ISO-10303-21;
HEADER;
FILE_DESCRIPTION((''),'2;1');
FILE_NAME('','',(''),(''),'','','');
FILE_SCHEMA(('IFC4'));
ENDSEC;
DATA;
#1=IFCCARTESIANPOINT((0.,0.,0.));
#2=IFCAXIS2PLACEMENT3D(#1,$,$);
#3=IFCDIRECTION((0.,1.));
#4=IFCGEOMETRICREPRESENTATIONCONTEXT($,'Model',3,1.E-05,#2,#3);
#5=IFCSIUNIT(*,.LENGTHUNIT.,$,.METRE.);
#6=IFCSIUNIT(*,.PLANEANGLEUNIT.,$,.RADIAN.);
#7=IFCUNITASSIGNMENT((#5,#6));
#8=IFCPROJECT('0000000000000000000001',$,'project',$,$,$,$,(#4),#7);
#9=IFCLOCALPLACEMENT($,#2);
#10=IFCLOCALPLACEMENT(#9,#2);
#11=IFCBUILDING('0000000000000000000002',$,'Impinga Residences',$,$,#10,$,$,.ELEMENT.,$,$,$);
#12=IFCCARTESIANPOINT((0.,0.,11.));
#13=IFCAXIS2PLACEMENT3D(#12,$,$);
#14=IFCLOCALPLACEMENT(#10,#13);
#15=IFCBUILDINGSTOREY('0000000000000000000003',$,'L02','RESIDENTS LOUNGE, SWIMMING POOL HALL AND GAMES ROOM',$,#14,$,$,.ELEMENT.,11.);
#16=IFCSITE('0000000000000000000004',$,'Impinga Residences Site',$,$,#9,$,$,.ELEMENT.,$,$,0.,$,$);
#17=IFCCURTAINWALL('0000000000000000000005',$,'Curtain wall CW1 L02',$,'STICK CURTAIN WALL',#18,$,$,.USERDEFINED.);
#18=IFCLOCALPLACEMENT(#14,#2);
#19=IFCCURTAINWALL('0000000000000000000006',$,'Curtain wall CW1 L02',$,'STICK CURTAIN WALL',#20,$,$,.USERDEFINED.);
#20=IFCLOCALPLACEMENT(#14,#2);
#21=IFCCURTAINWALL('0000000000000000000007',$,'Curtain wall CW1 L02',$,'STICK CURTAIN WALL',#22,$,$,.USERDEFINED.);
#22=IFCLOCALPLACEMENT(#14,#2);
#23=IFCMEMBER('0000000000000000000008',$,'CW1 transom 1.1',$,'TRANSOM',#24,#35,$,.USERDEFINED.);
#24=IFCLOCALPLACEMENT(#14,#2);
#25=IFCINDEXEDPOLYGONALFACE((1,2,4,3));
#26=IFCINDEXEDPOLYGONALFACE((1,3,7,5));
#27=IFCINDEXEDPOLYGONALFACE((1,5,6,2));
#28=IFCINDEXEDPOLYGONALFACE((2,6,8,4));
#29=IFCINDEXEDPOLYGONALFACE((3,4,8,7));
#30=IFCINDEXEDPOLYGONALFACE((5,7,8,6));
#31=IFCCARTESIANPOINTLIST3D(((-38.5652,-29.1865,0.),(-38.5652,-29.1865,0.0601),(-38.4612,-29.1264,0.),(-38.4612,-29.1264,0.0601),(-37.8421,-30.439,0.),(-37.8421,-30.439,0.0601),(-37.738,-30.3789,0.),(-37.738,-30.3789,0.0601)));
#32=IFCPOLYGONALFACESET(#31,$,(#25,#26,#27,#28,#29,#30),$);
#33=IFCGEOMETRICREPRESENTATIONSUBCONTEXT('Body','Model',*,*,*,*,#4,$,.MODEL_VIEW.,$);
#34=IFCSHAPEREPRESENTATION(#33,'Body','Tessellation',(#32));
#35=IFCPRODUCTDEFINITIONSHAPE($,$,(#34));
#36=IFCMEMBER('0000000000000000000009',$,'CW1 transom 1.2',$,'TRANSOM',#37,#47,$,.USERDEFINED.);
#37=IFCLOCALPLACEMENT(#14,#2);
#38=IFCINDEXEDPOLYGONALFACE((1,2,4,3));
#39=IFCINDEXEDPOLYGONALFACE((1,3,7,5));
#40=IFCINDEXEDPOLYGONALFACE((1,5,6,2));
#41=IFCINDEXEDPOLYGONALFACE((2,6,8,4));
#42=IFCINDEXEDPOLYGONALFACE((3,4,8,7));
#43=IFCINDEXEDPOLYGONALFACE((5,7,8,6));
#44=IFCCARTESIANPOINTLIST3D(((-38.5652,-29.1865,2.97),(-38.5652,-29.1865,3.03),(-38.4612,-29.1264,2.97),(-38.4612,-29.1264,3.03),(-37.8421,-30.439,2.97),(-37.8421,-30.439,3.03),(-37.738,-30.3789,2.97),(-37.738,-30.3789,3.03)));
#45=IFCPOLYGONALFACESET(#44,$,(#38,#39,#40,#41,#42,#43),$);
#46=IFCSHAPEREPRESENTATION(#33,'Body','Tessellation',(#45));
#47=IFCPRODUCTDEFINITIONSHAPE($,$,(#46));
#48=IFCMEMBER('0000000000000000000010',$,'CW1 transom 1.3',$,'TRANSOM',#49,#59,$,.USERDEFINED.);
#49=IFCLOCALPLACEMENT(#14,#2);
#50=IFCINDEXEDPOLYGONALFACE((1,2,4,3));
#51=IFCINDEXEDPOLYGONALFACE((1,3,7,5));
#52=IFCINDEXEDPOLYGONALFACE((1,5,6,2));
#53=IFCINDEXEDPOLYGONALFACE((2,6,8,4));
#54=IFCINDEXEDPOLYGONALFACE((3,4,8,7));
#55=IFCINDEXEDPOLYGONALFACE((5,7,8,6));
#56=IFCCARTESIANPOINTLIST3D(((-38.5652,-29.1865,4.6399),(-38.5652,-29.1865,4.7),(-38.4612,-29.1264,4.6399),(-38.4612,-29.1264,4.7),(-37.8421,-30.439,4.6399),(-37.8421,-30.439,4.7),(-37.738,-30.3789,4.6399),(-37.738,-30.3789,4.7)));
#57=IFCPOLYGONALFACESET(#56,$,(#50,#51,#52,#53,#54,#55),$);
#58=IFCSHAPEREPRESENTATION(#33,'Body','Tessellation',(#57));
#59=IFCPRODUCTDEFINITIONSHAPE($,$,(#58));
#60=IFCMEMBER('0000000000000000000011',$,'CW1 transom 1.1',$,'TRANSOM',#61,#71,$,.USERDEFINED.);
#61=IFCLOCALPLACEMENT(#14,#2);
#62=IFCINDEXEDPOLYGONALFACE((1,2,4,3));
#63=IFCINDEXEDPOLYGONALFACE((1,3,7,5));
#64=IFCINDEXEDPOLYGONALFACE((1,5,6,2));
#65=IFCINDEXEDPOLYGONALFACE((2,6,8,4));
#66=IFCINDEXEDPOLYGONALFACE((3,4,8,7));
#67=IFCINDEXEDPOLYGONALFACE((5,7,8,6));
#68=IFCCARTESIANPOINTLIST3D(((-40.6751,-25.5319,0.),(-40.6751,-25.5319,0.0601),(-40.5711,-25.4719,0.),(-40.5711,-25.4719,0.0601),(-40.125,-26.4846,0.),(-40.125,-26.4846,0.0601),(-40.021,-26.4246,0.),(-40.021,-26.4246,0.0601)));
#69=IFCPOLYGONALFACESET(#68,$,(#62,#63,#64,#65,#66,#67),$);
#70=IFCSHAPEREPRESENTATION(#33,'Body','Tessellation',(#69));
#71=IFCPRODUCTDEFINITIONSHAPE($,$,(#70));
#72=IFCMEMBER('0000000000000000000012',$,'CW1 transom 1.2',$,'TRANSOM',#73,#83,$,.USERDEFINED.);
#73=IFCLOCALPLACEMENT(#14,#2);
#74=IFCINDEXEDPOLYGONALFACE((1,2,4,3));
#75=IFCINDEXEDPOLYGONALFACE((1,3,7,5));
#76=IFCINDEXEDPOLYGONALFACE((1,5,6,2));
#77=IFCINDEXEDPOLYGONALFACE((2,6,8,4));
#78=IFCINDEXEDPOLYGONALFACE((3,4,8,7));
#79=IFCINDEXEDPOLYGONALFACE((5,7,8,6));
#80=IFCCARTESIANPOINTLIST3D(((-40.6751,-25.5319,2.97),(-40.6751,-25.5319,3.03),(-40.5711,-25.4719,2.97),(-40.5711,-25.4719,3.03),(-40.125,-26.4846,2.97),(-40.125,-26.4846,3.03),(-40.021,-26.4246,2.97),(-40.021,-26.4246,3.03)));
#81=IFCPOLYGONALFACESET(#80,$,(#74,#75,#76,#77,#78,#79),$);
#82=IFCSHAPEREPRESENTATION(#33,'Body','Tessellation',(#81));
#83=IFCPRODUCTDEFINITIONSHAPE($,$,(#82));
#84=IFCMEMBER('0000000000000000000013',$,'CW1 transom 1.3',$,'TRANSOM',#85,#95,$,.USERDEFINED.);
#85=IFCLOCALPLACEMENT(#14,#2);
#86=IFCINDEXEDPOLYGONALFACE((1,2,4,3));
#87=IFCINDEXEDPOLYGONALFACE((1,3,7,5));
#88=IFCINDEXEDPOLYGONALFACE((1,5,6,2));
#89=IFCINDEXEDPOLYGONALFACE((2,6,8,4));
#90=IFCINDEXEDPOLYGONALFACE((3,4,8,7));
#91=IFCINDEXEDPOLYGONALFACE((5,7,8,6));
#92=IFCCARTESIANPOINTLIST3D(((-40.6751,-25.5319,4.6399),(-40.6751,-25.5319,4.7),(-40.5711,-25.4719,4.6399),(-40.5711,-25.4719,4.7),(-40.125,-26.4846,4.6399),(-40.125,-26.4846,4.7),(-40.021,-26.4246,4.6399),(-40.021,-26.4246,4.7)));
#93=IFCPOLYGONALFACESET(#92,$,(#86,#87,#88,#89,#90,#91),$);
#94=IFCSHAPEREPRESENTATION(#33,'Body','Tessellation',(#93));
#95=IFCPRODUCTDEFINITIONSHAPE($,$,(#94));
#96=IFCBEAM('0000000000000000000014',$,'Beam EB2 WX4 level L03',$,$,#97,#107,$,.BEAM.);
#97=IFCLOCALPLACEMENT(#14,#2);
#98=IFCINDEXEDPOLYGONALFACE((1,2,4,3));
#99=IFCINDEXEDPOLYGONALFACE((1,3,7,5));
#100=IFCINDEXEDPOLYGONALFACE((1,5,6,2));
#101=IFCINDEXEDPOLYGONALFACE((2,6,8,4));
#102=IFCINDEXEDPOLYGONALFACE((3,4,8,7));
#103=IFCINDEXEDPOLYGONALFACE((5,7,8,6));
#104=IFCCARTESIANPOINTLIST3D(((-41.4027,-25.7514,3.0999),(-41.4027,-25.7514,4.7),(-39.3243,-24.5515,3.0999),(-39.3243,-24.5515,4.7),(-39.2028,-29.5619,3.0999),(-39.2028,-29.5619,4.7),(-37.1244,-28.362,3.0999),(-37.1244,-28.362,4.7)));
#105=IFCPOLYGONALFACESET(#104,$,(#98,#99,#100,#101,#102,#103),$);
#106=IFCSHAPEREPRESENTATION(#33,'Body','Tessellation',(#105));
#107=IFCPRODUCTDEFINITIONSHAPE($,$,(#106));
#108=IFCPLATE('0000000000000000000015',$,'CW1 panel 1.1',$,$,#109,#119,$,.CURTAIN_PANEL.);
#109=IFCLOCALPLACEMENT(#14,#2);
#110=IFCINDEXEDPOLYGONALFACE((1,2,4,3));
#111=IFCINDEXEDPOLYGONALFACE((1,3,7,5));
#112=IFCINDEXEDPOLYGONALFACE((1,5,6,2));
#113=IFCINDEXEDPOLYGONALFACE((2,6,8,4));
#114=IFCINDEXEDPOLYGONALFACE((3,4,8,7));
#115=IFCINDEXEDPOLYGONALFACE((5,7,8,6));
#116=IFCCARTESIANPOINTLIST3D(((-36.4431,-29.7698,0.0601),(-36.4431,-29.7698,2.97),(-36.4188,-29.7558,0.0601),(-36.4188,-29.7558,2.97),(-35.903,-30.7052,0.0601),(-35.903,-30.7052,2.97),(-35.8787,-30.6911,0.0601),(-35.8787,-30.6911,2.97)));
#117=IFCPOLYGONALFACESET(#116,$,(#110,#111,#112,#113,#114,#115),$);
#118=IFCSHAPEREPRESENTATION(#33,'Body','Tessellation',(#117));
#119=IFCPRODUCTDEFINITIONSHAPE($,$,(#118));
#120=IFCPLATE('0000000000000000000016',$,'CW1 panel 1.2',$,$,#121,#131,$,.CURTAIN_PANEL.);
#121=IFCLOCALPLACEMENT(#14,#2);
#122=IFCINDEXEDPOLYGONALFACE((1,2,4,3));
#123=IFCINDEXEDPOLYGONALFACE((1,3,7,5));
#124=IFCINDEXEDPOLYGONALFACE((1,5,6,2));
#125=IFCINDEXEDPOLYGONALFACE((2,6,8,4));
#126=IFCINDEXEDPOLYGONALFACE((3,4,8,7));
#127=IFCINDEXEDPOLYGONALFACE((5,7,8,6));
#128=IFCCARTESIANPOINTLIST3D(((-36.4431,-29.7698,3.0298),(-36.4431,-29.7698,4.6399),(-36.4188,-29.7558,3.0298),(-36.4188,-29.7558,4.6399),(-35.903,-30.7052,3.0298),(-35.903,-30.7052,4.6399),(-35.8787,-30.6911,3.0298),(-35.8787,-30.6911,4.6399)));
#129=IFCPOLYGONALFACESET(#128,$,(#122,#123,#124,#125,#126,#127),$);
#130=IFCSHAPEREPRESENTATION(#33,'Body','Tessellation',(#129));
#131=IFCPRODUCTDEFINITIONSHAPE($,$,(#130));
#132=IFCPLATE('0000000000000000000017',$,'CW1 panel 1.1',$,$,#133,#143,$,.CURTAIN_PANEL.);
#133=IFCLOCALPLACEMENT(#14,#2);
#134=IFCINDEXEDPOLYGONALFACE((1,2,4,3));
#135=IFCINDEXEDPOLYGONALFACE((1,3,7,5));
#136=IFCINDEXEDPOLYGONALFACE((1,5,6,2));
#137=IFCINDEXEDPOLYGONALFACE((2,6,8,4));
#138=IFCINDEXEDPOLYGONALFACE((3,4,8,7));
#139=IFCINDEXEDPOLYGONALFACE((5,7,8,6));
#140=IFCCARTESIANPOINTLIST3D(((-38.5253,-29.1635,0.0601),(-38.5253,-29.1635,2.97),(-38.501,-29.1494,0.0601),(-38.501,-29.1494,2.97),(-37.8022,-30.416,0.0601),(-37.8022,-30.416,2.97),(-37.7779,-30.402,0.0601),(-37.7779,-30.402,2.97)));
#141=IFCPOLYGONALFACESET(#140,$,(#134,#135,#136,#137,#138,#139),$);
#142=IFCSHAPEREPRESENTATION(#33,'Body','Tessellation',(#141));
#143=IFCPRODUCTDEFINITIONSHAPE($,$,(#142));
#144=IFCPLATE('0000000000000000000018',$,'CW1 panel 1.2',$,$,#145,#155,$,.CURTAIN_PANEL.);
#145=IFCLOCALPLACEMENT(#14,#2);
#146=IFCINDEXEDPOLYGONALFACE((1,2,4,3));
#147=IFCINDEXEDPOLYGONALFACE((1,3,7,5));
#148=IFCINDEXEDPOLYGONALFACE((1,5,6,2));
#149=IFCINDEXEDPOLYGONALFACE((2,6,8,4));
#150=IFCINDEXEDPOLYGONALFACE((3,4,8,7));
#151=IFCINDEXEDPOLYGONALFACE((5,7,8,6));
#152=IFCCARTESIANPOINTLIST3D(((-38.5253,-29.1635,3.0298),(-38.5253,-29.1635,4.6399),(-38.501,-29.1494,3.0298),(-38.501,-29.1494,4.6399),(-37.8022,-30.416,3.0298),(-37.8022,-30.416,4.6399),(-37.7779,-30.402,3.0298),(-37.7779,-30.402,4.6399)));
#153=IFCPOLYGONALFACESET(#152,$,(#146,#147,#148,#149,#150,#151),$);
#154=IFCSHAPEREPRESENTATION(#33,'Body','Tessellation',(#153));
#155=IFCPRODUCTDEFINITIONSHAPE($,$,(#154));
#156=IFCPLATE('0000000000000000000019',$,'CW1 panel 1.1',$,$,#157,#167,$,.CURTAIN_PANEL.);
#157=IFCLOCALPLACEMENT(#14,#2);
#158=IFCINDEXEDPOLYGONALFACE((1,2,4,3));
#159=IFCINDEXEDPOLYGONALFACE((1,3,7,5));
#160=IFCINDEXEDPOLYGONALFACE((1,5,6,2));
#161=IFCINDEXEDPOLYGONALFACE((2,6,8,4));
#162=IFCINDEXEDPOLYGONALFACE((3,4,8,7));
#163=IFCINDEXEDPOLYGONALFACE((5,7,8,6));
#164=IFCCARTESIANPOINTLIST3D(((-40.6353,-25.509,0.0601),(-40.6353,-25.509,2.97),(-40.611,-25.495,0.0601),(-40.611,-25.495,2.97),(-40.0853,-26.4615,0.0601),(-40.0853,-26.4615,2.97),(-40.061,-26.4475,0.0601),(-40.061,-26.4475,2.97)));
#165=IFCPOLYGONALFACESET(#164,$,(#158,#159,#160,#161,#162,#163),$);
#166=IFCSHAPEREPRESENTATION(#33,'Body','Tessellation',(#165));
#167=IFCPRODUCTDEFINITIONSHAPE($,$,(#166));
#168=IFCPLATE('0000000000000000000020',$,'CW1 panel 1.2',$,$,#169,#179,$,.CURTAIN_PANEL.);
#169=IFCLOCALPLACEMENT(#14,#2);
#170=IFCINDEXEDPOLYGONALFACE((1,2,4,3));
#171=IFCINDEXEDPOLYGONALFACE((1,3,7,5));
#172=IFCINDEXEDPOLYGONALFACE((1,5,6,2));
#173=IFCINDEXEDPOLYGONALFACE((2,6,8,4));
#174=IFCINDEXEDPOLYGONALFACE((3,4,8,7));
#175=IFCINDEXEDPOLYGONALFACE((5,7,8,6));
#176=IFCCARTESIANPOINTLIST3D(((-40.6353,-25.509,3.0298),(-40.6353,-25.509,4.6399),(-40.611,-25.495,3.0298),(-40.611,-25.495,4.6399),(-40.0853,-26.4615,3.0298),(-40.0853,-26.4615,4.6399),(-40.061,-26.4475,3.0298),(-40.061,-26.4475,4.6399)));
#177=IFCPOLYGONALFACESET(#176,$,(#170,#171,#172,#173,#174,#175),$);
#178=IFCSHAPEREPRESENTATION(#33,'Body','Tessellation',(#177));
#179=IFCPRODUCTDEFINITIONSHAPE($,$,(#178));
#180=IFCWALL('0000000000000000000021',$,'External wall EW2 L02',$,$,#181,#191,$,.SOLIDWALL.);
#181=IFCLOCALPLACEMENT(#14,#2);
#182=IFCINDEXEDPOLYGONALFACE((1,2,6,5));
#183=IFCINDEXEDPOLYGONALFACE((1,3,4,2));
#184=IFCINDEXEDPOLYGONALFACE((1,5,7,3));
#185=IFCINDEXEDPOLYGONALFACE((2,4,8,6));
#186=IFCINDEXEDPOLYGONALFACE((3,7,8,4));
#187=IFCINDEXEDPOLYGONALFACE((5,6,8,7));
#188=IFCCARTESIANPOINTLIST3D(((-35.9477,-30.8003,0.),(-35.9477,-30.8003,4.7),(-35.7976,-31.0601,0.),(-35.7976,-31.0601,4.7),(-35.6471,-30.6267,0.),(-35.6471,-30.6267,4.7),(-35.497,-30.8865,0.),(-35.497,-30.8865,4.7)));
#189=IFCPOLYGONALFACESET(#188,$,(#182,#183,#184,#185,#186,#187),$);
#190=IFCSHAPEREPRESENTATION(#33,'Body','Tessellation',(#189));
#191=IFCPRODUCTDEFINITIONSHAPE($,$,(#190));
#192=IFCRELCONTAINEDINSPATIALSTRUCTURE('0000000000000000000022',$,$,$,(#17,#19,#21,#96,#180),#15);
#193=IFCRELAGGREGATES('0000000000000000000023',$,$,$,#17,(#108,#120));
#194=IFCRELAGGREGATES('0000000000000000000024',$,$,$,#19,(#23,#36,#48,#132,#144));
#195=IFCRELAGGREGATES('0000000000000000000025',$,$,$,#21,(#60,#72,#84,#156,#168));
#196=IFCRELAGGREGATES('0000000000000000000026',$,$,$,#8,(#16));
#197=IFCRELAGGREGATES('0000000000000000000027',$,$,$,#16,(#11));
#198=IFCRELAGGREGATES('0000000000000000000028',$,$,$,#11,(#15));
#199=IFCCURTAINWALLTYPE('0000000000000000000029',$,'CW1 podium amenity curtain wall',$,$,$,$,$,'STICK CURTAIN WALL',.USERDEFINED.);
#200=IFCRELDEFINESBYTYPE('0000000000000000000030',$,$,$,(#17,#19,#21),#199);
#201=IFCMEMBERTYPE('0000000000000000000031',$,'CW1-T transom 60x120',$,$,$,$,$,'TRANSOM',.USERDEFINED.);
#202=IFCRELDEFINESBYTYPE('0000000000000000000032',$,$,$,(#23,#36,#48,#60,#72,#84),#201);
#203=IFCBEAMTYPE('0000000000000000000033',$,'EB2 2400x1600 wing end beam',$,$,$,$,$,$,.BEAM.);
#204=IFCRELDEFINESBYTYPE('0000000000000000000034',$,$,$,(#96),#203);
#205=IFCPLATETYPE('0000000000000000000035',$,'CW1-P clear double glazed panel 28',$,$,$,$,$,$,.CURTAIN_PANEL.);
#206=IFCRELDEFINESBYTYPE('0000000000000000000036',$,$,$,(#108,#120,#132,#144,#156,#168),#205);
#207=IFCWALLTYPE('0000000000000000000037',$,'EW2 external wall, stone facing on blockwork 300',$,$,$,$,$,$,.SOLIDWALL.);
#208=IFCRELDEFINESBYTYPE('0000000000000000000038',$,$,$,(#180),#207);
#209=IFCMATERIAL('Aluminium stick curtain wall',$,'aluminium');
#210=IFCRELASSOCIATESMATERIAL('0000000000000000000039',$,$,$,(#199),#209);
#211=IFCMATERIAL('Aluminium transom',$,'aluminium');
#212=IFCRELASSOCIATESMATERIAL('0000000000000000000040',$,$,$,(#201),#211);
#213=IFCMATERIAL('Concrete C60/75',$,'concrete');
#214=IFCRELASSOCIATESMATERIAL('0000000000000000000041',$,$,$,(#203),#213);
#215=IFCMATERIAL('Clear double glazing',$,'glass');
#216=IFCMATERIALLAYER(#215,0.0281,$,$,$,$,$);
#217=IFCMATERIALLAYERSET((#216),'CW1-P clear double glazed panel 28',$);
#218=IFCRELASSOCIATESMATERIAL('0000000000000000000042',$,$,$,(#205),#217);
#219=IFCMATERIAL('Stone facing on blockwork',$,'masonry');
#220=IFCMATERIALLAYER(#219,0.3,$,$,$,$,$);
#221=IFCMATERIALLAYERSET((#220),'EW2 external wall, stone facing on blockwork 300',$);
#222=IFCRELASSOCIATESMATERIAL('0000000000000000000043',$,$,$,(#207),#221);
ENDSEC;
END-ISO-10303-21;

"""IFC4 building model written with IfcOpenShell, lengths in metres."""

from ifc_helpers import new_model, si_unit, direction, frame, frame_2d, origin, origin_2d, place, context, subcontext, project, spatial, rectangle, extrude, material, layer, layer_set, material_profile, profile_set, type_object, element, aggregate, save


model = new_model("IFC4")

# Units and contexts
model_context = context("Model", 3, precision=1e-05, world=origin(), true_north=direction((0.0, 1.0)))
body_context = subcontext(model_context, "Body", "Model", "MODEL_VIEW")
ifc_project = project(units=[si_unit("LENGTHUNIT", "METRE"), si_unit("PLANEANGLEUNIT", "RADIAN")], contexts=[model_context])

# Site, building, storey
site_placement = place(None, origin())
site = spatial("IfcSite", under=ifc_project, at=site_placement, Name="Impinga Residences Site", CompositionType="ELEMENT", RefElevation=0.0)
building_placement = place(site_placement, origin())
building = spatial("IfcBuilding", under=site, at=building_placement, Name="Impinga Residences", CompositionType="ELEMENT")
storey_placement = place(building_placement, frame((0.0, 0.0, 11.0)))
storey = spatial("IfcBuildingStorey", under=building, at=storey_placement, Name="L02", Description="RESIDENTS LOUNGE, SWIMMING POOL HALL AND GAMES ROOM", CompositionType="ELEMENT", Elevation=11.0)

# Shared definitions
ifc_material_1 = material(Name="Concrete C60/75", Category="concrete")

# Curtain walls
ifc_material_2 = material(Name="Aluminium stick curtain wall", Category="aluminium")
curtain_wall_type = type_object("IfcCurtainWallType", Name="CW1 podium amenity curtain wall", ElementType="STICK CURTAIN WALL", PredefinedType="USERDEFINED", material=ifc_material_2)
curtain_wall_1_placement = place(storey_placement, origin())
curtain_wall_1 = element("IfcCurtainWall", 1, at=curtain_wall_1_placement, inside=storey, type_object=curtain_wall_type, Name="Curtain wall CW1 L02", ObjectType="STICK CURTAIN WALL", PredefinedType="USERDEFINED")
curtain_wall_2_placement = place(storey_placement, origin())
curtain_wall_2 = element("IfcCurtainWall", 2, at=curtain_wall_2_placement, inside=storey, type_object=curtain_wall_type, Name="Curtain wall CW1 L02", ObjectType="STICK CURTAIN WALL", PredefinedType="USERDEFINED")
curtain_wall_3_placement = place(storey_placement, origin())
curtain_wall_3 = element("IfcCurtainWall", 3, at=curtain_wall_3_placement, inside=storey, type_object=curtain_wall_type, Name="Curtain wall CW1 L02", ObjectType="STICK CURTAIN WALL", PredefinedType="USERDEFINED")

# Members
ifc_material_3 = material(Name="Aluminium transom", Category="aluminium")
ifc_material_profile_1 = material_profile(ifc_material_3, rectangle(XDim=0.0601, YDim=0.1201, at=origin_2d()), Name="60x120 transom")
ifc_profile_set_1 = profile_set([ifc_material_profile_1], Name="Aluminium transom")
member_type_1 = type_object("IfcMemberType", Name="CW1-T transom 60x120", ElementType="TRANSOM", PredefinedType="USERDEFINED", material=ifc_profile_set_1)
member_1_placement = place(storey_placement, frame((-37.79, -30.4089, 0.03), z_axis=(-0.500024, 0.866011, 0.0), x_axis=(0.0, 0.0, 1.0)))
member_1 = element("IfcMember", 4, at=member_1_placement, type_object=member_type_1, Name="CW1 transom 1.1", ObjectType="TRANSOM", PredefinedType="USERDEFINED", context=body_context, shape_type="SweptSolid", body=[
    extrude(rectangle(XDim=0.0601, YDim=0.1201, at=origin_2d()), origin(), (0.0, 0.0, 1.0), 1.4463),
])
member_2_placement = place(storey_placement, frame((-37.79, -30.4089, 3.0), z_axis=(-0.500024, 0.866011, 0.0), x_axis=(0.0, 0.0, 1.0)))
member_2 = element("IfcMember", 5, at=member_2_placement, type_object=member_type_1, Name="CW1 transom 1.2", ObjectType="TRANSOM", PredefinedType="USERDEFINED", context=body_context, shape_type="SweptSolid", body=[
    extrude(rectangle(XDim=0.0601, YDim=0.1201, at=origin_2d()), origin(), (0.0, 0.0, 1.0), 1.4463),
])
member_3_placement = place(storey_placement, frame((-37.79, -30.4089, 4.6699), z_axis=(-0.500024, 0.866011, 0.0), x_axis=(0.0, 0.0, 1.0)))
member_3 = element("IfcMember", 6, at=member_3_placement, type_object=member_type_1, Name="CW1 transom 1.3", ObjectType="TRANSOM", PredefinedType="USERDEFINED", context=body_context, shape_type="SweptSolid", body=[
    extrude(rectangle(XDim=0.0601, YDim=0.1201, at=origin_2d()), origin(), (0.0, 0.0, 1.0), 1.4463),
])
member_4_placement = place(storey_placement, frame((-40.073, -26.4546, 0.03), z_axis=(-0.50003, 0.866008, 0.0), x_axis=(0.0, 0.0, 1.0)))
member_4 = element("IfcMember", 7, at=member_4_placement, type_object=member_type_1, Name="CW1 transom 1.1", ObjectType="TRANSOM", PredefinedType="USERDEFINED", context=body_context, shape_type="SweptSolid", body=[
    extrude(rectangle(XDim=0.0601, YDim=0.1201, at=origin_2d()), origin(), (0.0, 0.0, 1.0), 1.1001),
])
member_5_placement = place(storey_placement, frame((-40.073, -26.4546, 3.0), z_axis=(-0.50003, 0.866008, 0.0), x_axis=(0.0, 0.0, 1.0)))
member_5 = element("IfcMember", 8, at=member_5_placement, type_object=member_type_1, Name="CW1 transom 1.2", ObjectType="TRANSOM", PredefinedType="USERDEFINED", context=body_context, shape_type="SweptSolid", body=[
    extrude(rectangle(XDim=0.0601, YDim=0.1201, at=origin_2d()), origin(), (0.0, 0.0, 1.0), 1.1001),
])
member_6_placement = place(storey_placement, frame((-40.073, -26.4546, 4.6699), z_axis=(-0.50003, 0.866008, 0.0), x_axis=(0.0, 0.0, 1.0)))
member_6 = element("IfcMember", 9, at=member_6_placement, type_object=member_type_1, Name="CW1 transom 1.3", ObjectType="TRANSOM", PredefinedType="USERDEFINED", context=body_context, shape_type="SweptSolid", body=[
    extrude(rectangle(XDim=0.0601, YDim=0.1201, at=origin_2d()), origin(), (0.0, 0.0, 1.0), 1.1001),
])

# Beam
ifc_material_profile_2 = material_profile(ifc_material_1, rectangle(XDim=2.3999, YDim=1.6001, at=origin_2d()), Name="RC 2400x1600")
ifc_profile_set_2 = profile_set([ifc_material_profile_2], Name="Concrete C60/75")
beam_type_1 = type_object("IfcBeamType", Name="EB2 2400x1600 wing end beam", PredefinedType="BEAM", material=ifc_profile_set_2)
beam_1_placement = place(storey_placement, frame((-38.1636, -28.9619, 3.8999), z_axis=(-0.499988, 0.866032, 0.0), x_axis=(-0.866032, -0.499988, 0.0)))
element("IfcBeam", 10, at=beam_1_placement, inside=storey, type_object=beam_type_1, Name="Beam EB2 WX4 level L03", PredefinedType="BEAM", context=body_context, shape_type="SweptSolid", body=[
    extrude(rectangle(XDim=2.3999, YDim=1.6001, at=origin_2d()), origin(), (0.0, 0.0, 1.0), 4.3999),
])

# Plates
ifc_material_4 = material(Name="Clear double glazing", Category="glass")
ifc_layer_1 = layer(ifc_material_4, 0.0281)
ifc_layer_set_1 = layer_set([ifc_layer_1], Name="CW1-P clear double glazed panel 28")
plate_type = type_object("IfcPlateType", Name="CW1-P clear double glazed panel 28", PredefinedType="CURTAIN_PANEL", material=ifc_layer_set_1)
plate_1_placement = place(storey_placement, frame((-36.1609, -30.2305, 0.0601), z_axis=(0.0, 0.0, 1.0), x_axis=(-0.5, 0.866026, 0.0)))
plate_1 = element("IfcPlate", 11, at=plate_1_placement, type_object=plate_type, Name="CW1 panel 1.1", PredefinedType="CURTAIN_PANEL", context=body_context, shape_type="SweptSolid", body=[
    extrude(rectangle(XDim=1.0801, YDim=0.0281, at=origin_2d()), origin(), (0.0, 0.0, 1.0), 2.9099),
])
plate_2_placement = place(storey_placement, frame((-36.1609, -30.2305, 3.0298), z_axis=(0.0, 0.0, 1.0), x_axis=(-0.5, 0.866026, 0.0)))
plate_2 = element("IfcPlate", 12, at=plate_2_placement, type_object=plate_type, Name="CW1 panel 1.2", PredefinedType="CURTAIN_PANEL", context=body_context, shape_type="SweptSolid", body=[
    extrude(rectangle(XDim=1.0801, YDim=0.0281, at=origin_2d()), origin(), (0.0, 0.0, 1.0), 1.6101),
])
aggregate(curtain_wall_1, [plate_1, plate_2])
plate_3_placement = place(storey_placement, frame((-38.1516, -29.7827, 0.0601), z_axis=(0.0, 0.0, 1.0), x_axis=(-0.5, 0.866026, 0.0)))
plate_3 = element("IfcPlate", 13, at=plate_3_placement, type_object=plate_type, Name="CW1 panel 1.1", PredefinedType="CURTAIN_PANEL", context=body_context, shape_type="SweptSolid", body=[
    extrude(rectangle(XDim=1.4463, YDim=0.0281, at=origin_2d()), origin(), (0.0, 0.0, 1.0), 2.9099),
])
plate_4_placement = place(storey_placement, frame((-38.1516, -29.7827, 3.0298), z_axis=(0.0, 0.0, 1.0), x_axis=(-0.5, 0.866026, 0.0)))
plate_4 = element("IfcPlate", 14, at=plate_4_placement, type_object=plate_type, Name="CW1 panel 1.2", PredefinedType="CURTAIN_PANEL", context=body_context, shape_type="SweptSolid", body=[
    extrude(rectangle(XDim=1.4463, YDim=0.0281, at=origin_2d()), origin(), (0.0, 0.0, 1.0), 1.6101),
])
aggregate(curtain_wall_2, [member_1, member_2, member_3, plate_3, plate_4])
plate_5_placement = place(storey_placement, frame((-40.3481, -25.9783, 0.0601), z_axis=(0.0, 0.0, 1.0), x_axis=(-0.5, 0.866025, 0.0)))
plate_5 = element("IfcPlate", 15, at=plate_5_placement, type_object=plate_type, Name="CW1 panel 1.1", PredefinedType="CURTAIN_PANEL", context=body_context, shape_type="SweptSolid", body=[
    extrude(rectangle(XDim=1.0999, YDim=0.0281, at=origin_2d()), origin(), (0.0, 0.0, 1.0), 2.9099),
])
plate_6_placement = place(storey_placement, frame((-40.3481, -25.9783, 3.0298), z_axis=(0.0, 0.0, 1.0), x_axis=(-0.5, 0.866025, 0.0)))
plate_6 = element("IfcPlate", 16, at=plate_6_placement, type_object=plate_type, Name="CW1 panel 1.2", PredefinedType="CURTAIN_PANEL", context=body_context, shape_type="SweptSolid", body=[
    extrude(rectangle(XDim=1.0999, YDim=0.0281, at=origin_2d()), origin(), (0.0, 0.0, 1.0), 1.6101),
])
aggregate(curtain_wall_3, [member_4, member_5, member_6, plate_5, plate_6])

# Wall
ifc_material_5 = material(Name="Stone facing on blockwork", Category="masonry")
ifc_layer_2 = layer(ifc_material_5, 0.3)
ifc_layer_set_2 = layer_set([ifc_layer_2], Name="EW2 external wall, stone facing on blockwork 300")
wall_type = type_object("IfcWallType", Name="EW2 external wall, stone facing on blockwork 300", PredefinedType="SOLIDWALL", material=ifc_layer_set_2)
wall_1_placement = place(storey_placement, frame((-35.572, -30.7566, 0.0), z_axis=(0.0, 0.0, 1.0), x_axis=(-0.86594, -0.500149, 0.0)))
element("IfcWall", 17, at=wall_1_placement, inside=storey, type_object=wall_type, Name="External wall EW2 L02", PredefinedType="SOLIDWALL", context=body_context, shape_type="SweptSolid", body=[
    extrude(rectangle(XDim=0.3472, YDim=0.3, at=frame_2d((0.1736, 0.0))), origin(), (0.0, 0.0, 1.0), 4.7),
])

save(model, "model.ifc")
